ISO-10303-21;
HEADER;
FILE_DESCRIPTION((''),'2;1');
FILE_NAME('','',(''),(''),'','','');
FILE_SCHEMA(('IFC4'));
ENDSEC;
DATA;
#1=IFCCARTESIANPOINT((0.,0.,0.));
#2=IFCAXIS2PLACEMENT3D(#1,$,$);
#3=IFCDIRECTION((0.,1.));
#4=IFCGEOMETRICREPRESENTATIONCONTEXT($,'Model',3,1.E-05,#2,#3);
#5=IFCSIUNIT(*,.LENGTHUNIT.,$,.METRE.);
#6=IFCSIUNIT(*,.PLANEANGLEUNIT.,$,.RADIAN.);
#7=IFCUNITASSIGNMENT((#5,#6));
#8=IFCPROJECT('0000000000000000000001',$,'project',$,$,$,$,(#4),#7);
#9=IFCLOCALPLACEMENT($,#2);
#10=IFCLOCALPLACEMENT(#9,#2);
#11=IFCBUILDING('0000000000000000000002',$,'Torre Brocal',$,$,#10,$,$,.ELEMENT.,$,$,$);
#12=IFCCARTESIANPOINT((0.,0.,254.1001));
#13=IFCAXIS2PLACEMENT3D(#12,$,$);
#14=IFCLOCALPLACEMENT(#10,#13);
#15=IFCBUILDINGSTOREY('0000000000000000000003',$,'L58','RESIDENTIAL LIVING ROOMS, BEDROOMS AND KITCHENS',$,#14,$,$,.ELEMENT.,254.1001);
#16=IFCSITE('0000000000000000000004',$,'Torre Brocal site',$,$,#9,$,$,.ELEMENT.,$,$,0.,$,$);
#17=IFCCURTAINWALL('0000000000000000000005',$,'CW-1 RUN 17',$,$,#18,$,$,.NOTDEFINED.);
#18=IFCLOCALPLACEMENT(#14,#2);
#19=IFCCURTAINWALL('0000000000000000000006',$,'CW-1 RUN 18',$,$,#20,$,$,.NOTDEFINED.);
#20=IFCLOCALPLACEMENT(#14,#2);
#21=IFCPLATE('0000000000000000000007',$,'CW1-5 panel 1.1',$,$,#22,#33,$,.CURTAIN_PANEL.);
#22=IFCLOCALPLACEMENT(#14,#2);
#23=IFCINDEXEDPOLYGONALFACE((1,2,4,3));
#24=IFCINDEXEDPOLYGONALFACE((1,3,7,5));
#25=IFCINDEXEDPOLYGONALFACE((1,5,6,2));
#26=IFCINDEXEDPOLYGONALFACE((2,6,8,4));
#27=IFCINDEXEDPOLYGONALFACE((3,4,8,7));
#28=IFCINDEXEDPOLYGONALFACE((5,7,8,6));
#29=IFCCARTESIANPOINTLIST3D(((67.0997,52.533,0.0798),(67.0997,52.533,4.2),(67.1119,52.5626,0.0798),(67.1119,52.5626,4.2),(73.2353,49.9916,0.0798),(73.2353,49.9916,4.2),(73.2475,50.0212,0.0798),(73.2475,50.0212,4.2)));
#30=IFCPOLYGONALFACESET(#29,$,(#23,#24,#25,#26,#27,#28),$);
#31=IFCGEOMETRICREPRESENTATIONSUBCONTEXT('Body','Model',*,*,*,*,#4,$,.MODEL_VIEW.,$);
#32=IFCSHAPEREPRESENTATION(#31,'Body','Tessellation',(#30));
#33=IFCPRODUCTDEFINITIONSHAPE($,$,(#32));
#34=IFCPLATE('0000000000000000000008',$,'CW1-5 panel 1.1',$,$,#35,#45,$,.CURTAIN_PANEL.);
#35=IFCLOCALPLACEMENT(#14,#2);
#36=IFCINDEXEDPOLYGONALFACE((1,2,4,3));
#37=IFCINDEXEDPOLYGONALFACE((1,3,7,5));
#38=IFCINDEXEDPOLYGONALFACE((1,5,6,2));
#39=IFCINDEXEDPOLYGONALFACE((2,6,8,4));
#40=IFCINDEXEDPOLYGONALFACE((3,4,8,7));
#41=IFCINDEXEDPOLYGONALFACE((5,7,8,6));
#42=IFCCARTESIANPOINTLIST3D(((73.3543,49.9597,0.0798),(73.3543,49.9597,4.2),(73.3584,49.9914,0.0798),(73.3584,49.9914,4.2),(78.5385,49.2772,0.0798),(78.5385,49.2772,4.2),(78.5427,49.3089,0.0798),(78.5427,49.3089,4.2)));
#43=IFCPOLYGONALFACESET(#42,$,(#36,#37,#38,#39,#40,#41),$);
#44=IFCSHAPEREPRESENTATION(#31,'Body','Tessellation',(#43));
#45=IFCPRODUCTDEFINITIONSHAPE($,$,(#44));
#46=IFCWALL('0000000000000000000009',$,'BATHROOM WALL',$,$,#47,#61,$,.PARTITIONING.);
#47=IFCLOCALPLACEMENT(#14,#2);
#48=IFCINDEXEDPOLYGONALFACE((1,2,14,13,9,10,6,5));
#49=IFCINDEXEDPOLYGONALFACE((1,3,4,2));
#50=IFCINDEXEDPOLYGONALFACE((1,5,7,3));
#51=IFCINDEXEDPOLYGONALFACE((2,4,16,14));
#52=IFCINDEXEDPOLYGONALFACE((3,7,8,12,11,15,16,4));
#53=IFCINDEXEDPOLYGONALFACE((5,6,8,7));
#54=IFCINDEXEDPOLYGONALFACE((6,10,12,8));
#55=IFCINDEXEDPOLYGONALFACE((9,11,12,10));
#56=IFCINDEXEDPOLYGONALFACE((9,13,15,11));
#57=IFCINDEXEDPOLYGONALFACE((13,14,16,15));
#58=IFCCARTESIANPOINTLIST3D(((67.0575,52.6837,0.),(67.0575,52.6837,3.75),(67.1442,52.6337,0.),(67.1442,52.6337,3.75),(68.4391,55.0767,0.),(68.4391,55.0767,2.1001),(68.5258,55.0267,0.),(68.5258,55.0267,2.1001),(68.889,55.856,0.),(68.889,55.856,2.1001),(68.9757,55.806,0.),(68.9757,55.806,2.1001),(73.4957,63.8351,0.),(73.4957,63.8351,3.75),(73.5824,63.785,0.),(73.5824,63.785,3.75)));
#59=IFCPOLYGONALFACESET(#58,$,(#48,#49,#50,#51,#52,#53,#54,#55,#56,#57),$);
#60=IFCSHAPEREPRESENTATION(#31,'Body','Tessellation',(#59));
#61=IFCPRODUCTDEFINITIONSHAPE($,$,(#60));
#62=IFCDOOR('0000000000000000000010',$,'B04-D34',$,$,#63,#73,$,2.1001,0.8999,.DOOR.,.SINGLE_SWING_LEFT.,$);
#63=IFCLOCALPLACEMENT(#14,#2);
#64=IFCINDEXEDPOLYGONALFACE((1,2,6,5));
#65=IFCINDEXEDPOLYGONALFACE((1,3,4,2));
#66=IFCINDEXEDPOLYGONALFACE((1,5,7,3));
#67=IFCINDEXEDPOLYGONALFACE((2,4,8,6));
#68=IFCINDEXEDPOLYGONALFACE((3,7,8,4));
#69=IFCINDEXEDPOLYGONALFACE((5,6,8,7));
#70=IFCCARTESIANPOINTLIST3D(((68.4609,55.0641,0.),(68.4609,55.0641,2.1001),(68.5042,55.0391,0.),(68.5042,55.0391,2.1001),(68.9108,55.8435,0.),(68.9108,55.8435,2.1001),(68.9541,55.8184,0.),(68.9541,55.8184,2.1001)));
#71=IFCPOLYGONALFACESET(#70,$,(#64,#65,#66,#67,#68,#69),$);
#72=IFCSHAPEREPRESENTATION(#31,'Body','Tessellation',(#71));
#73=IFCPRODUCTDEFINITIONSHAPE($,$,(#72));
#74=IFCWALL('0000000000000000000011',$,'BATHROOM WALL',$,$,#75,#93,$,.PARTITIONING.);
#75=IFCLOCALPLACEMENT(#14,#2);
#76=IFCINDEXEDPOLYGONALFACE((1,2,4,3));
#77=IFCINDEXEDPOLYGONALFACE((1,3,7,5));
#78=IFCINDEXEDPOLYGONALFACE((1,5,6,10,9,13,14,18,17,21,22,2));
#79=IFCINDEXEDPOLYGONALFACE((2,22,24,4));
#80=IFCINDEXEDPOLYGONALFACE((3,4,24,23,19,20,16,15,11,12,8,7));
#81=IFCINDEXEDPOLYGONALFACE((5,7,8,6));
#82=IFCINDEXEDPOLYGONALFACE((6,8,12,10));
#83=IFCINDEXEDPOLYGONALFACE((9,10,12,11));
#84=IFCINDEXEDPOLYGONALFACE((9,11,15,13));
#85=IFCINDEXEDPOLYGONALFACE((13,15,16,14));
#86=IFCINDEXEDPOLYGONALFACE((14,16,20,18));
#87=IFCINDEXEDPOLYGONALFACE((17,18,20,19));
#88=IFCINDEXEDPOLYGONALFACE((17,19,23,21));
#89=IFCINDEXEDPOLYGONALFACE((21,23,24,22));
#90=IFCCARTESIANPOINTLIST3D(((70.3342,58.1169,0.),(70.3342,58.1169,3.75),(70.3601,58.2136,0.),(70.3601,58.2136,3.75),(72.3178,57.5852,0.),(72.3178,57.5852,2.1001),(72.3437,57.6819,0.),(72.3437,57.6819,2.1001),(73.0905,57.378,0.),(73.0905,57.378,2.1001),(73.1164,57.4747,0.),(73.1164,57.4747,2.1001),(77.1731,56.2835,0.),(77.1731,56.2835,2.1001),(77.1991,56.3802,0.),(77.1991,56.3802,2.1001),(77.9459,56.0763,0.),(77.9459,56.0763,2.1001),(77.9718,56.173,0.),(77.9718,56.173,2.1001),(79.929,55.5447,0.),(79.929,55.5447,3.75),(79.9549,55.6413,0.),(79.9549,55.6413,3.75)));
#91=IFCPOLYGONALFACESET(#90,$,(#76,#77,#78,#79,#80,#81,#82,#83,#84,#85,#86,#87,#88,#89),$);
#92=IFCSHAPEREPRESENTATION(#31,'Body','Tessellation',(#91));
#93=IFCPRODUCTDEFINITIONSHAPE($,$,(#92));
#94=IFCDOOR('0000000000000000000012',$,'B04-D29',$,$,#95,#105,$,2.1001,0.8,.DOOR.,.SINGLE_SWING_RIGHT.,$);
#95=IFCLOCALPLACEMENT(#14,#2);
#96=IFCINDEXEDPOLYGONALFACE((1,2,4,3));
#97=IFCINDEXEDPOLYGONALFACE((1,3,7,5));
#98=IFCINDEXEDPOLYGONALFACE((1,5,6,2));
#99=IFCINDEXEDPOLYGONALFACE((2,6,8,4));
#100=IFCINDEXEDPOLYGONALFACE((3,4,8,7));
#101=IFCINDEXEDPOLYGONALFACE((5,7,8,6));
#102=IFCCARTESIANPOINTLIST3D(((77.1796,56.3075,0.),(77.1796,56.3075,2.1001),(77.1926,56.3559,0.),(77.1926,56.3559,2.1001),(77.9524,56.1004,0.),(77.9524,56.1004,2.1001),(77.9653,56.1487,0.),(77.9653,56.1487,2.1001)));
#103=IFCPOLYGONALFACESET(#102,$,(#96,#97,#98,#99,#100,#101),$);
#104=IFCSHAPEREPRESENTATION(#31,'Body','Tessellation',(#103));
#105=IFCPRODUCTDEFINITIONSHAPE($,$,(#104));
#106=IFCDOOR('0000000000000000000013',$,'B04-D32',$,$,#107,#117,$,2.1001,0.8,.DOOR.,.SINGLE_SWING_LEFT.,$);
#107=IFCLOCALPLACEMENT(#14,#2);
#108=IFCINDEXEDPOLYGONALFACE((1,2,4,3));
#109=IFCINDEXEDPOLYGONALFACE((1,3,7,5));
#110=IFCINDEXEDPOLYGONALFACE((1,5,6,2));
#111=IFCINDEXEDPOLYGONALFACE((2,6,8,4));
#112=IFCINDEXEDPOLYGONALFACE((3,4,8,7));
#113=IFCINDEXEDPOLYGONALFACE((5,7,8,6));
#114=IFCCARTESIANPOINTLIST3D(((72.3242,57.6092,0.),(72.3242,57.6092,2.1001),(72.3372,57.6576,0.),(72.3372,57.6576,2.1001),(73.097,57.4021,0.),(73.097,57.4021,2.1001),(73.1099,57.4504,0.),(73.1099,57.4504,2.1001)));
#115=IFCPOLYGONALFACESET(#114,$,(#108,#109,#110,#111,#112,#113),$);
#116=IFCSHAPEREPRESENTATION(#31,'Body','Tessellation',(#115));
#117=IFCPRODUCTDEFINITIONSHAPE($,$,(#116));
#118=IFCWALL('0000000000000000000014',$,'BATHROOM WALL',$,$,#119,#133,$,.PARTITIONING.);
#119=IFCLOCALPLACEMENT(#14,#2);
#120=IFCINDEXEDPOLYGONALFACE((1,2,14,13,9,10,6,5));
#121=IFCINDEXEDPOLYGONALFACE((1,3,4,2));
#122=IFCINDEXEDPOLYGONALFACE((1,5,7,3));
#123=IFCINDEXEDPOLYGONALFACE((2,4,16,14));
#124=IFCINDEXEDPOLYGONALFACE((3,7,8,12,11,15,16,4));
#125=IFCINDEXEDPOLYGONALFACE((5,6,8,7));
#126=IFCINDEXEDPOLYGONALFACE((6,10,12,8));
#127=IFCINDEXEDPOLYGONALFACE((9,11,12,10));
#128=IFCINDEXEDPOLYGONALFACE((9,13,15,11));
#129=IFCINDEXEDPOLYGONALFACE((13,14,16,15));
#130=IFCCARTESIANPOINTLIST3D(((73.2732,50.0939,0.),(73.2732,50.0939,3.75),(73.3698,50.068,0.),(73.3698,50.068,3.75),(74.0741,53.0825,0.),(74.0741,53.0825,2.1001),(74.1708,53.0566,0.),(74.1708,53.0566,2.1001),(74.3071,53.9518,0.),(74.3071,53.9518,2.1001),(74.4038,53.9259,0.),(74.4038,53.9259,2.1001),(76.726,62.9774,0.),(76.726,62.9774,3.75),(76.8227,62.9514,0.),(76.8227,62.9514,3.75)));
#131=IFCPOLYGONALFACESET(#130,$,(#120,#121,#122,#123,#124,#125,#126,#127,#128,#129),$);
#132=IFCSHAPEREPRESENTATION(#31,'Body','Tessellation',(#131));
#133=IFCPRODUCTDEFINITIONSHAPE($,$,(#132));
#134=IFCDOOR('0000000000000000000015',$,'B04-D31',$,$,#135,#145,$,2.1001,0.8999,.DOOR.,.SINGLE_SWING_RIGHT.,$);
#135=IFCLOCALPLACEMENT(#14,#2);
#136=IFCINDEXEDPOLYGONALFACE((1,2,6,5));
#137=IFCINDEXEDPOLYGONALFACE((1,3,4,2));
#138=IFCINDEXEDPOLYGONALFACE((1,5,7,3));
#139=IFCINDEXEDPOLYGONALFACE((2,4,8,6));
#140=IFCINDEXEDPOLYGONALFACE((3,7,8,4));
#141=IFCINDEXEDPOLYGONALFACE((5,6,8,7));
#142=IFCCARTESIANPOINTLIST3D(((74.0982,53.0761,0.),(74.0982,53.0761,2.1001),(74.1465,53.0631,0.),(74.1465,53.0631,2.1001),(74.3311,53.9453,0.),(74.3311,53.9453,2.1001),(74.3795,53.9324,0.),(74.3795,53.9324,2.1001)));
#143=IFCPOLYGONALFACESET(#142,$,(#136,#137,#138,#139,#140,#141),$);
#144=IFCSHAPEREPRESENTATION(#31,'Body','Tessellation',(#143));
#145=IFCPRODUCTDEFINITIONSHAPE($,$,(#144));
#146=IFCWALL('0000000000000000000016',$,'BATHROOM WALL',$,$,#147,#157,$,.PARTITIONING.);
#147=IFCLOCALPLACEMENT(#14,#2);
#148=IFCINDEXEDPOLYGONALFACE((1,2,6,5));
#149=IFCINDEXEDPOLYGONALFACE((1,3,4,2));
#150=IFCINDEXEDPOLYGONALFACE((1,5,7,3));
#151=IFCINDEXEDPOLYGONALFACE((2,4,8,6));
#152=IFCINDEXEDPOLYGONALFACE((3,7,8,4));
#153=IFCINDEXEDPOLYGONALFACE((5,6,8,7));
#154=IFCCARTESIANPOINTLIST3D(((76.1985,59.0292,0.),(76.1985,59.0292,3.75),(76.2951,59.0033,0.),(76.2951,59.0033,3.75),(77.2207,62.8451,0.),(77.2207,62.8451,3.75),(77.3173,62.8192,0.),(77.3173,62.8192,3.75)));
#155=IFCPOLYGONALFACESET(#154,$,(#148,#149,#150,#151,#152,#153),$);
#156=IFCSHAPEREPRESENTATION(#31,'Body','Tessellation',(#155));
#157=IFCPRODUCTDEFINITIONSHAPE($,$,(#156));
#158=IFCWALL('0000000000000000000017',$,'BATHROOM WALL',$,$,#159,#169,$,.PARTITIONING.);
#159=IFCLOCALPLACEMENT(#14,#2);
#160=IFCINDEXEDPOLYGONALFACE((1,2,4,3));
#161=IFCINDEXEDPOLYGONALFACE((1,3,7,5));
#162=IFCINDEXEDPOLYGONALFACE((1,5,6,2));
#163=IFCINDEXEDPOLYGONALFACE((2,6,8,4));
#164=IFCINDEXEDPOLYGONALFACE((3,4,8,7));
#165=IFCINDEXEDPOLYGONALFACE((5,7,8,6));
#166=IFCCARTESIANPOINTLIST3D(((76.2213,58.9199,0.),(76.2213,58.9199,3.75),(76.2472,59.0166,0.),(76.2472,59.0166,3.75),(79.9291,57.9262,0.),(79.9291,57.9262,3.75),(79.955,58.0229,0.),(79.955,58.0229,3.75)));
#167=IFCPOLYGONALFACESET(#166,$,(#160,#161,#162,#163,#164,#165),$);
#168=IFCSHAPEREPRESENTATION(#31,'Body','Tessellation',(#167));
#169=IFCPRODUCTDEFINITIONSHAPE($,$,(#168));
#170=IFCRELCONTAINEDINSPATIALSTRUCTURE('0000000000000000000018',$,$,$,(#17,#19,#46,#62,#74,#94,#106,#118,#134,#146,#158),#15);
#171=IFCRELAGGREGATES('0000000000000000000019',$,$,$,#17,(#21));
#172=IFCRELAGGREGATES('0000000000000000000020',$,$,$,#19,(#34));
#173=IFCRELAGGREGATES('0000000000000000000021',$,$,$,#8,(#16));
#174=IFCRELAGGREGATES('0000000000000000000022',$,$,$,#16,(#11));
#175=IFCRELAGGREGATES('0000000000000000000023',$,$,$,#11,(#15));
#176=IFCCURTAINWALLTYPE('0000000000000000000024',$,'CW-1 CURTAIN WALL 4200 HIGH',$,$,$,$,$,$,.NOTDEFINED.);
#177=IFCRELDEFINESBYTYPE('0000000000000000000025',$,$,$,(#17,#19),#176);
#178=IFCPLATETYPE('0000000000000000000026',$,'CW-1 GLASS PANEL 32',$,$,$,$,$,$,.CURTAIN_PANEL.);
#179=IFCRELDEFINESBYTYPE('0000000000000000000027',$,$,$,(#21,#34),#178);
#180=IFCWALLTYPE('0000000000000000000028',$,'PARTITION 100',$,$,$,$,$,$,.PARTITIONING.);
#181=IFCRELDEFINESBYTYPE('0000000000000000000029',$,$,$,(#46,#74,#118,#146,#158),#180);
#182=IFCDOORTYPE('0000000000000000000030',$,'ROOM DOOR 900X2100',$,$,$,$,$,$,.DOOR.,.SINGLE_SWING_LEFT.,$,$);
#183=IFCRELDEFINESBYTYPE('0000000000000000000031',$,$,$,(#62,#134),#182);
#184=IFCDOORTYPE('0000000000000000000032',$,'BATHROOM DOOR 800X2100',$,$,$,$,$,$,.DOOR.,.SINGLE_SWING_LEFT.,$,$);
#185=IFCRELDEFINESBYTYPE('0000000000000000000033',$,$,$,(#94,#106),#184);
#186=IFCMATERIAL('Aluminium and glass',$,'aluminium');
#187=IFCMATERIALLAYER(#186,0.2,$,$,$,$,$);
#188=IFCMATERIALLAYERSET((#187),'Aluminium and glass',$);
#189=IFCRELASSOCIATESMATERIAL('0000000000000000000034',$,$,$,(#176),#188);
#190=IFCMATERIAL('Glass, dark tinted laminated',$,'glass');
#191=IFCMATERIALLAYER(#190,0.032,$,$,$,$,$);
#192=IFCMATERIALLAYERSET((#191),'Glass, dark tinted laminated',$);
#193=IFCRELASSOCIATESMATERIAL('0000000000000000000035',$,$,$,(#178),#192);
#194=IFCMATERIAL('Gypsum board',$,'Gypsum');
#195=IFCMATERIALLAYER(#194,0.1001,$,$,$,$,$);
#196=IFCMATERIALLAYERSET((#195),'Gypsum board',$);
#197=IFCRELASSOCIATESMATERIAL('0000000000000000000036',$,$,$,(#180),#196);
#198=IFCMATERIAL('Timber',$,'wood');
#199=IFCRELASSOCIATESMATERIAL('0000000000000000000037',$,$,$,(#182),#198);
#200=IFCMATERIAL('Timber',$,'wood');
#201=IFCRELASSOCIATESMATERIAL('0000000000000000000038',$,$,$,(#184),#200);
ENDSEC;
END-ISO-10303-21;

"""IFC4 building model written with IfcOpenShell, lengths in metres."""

from ifc_helpers import new_model, si_unit, direction, frame, frame_2d, origin, origin_2d, place, context, subcontext, project, spatial, rectangle, extrude, material, layer, layer_set, type_object, element, fill, aggregate, save


model = new_model("IFC4")

# Units and contexts
model_context = context("Model", 3, precision=1e-05, world=origin(), true_north=direction((0.0, 1.0)))
body_context = subcontext(model_context, "Body", "Model", "MODEL_VIEW")
ifc_project = project(units=[si_unit("LENGTHUNIT", "METRE"), si_unit("PLANEANGLEUNIT", "RADIAN")], contexts=[model_context])

# Site, building, storey
site_placement = place(None, origin())
site = spatial("IfcSite", under=ifc_project, at=site_placement, Name="Torre Brocal site", CompositionType="ELEMENT", RefElevation=0.0)
building_placement = place(site_placement, origin())
building = spatial("IfcBuilding", under=site, at=building_placement, Name="Torre Brocal", CompositionType="ELEMENT")
storey_placement = place(building_placement, frame((0.0, 0.0, 254.1001)))
storey = spatial("IfcBuildingStorey", under=building, at=storey_placement, Name="L58", Description="RESIDENTIAL LIVING ROOMS, BEDROOMS AND KITCHENS", CompositionType="ELEMENT", Elevation=254.1001)

# Shared definitions
ifc_material_1 = material(Name="Aluminium and glass", Category="aluminium")
ifc_layer_1 = layer(ifc_material_1, 0.2)
ifc_layer_set_1 = layer_set([ifc_layer_1], Name="Aluminium and glass")
curtain_wall_type = type_object("IfcCurtainWallType", Name="CW-1 CURTAIN WALL 4200 HIGH", PredefinedType="NOTDEFINED", material=ifc_layer_set_1)

# Curtain walls
curtain_wall_1_placement = place(storey_placement, origin())
curtain_wall_1 = element("IfcCurtainWall", 1, at=curtain_wall_1_placement, inside=storey, type_object=curtain_wall_type, Name="CW-1 RUN 17", PredefinedType="NOTDEFINED")
curtain_wall_2_placement = place(storey_placement, origin())
curtain_wall_2 = element("IfcCurtainWall", 2, at=curtain_wall_2_placement, inside=storey, type_object=curtain_wall_type, Name="CW-1 RUN 18", PredefinedType="NOTDEFINED")

# Plates
ifc_material_2 = material(Name="Glass, dark tinted laminated", Category="glass")
ifc_layer_2 = layer(ifc_material_2, 0.032)
ifc_layer_set_2 = layer_set([ifc_layer_2], Name="Glass, dark tinted laminated")
plate_type = type_object("IfcPlateType", Name="CW-1 GLASS PANEL 32", PredefinedType="CURTAIN_PANEL", material=ifc_layer_set_2)
plate_1_placement = place(storey_placement, frame((70.1736, 51.2771, 0.0798), z_axis=(0.0, 0.0, 1.0), x_axis=(0.92388, -0.382683, 0.0)))
plate_1 = element("IfcPlate", 3, at=plate_1_placement, type_object=plate_type, Name="CW1-5 panel 1.1", PredefinedType="CURTAIN_PANEL", context=body_context, shape_type="SweptSolid", body=[
    extrude(rectangle(XDim=6.6411, YDim=0.032, at=origin_2d()), origin(), (0.0, 0.0, 1.0), 4.1201),
])
aggregate(curtain_wall_1, [plate_1])
plate_2_placement = place(storey_placement, frame((75.9485, 49.6343, 0.0798), z_axis=(0.0, 0.0, 1.0), x_axis=(0.991445, -0.130526, 0.0)))
plate_2 = element("IfcPlate", 4, at=plate_2_placement, type_object=plate_type, Name="CW1-5 panel 1.1", PredefinedType="CURTAIN_PANEL", context=body_context, shape_type="SweptSolid", body=[
    extrude(rectangle(XDim=5.229, YDim=0.032, at=origin_2d()), origin(), (0.0, 0.0, 1.0), 4.1201),
])
aggregate(curtain_wall_2, [plate_2])

# Wall, opening, door
ifc_material_3 = material(Name="Gypsum board", Category="Gypsum")
ifc_layer_3 = layer(ifc_material_3, 0.1001)
ifc_layer_set_3 = layer_set([ifc_layer_3], Name="Gypsum board")
wall_type = type_object("IfcWallType", Name="PARTITION 100", PredefinedType="PARTITIONING", material=ifc_layer_set_3)
wall_1_placement = place(storey_placement, frame((67.1008, 52.6587, 0.0), z_axis=(0.0, 0.0, 1.0), x_axis=(0.499999, 0.866026, 0.0)))
wall_1 = element("IfcWall", 5, at=wall_1_placement, inside=storey, type_object=wall_type, Name="BATHROOM WALL", PredefinedType="PARTITIONING", context=body_context, shape_type="SweptSolid", body=[
    extrude(rectangle(XDim=12.8765, YDim=0.1001, at=frame_2d((6.4382, 0.0))), origin(), (0.0, 0.0, 1.0), 3.75),
])
opening_1_placement = place(wall_1_placement, frame((2.7632, 0.0, 0.0)))
opening_1 = element("IfcOpeningElement", 6, at=opening_1_placement, cuts=wall_1, PredefinedType="OPENING", context=body_context, shape_type="SweptSolid", body=[
    extrude(rectangle(XDim=0.8999, YDim=2.1001, at=frame_2d((0.45, 1.05))), frame((0.0, 0.0601, 0.0), z_axis=(0.0, -1.0, 0.0), x_axis=(1.0, 0.0, 0.0)), (0.0, 0.0, 1.0), 0.1201),
])
ifc_material_4 = material(Name="Timber", Category="wood")
door_type_1 = type_object("IfcDoorType", Name="ROOM DOOR 900X2100", OperationType="SINGLE_SWING_LEFT", PredefinedType="DOOR", material=ifc_material_4)
door_1_placement = place(opening_1_placement, origin())
door_1 = element("IfcDoor", 7, at=door_1_placement, inside=storey, type_object=door_type_1, Name="B04-D34", OperationType="SINGLE_SWING_LEFT", OverallHeight=2.1001, OverallWidth=0.8999, PredefinedType="DOOR", context=body_context, shape_type="SweptSolid", body=[
    extrude(rectangle(XDim=0.8999, YDim=2.1001, at=frame_2d((0.45, 1.05))), frame((0.0, 0.0249, 0.0), z_axis=(0.0, -1.0, 0.0), x_axis=(1.0, 0.0, 0.0)), (0.0, 0.0, 1.0), 0.05),
])
fill(opening_1, door_1)

# Wall, openings, doors
wall_2_placement = place(storey_placement, frame((70.3472, 58.1653, 0.0), z_axis=(0.0, 0.0, 1.0), x_axis=(0.965891, -0.258947, 0.0)))
wall_2 = element("IfcWall", 8, at=wall_2_placement, inside=storey, type_object=wall_type, Name="BATHROOM WALL", PredefinedType="PARTITIONING", context=body_context, shape_type="SweptSolid", body=[
    extrude(rectangle(XDim=9.9336, YDim=0.1001, at=frame_2d((4.9668, 0.0))), origin(), (0.0, 0.0, 1.0), 3.75),
])
opening_2_placement = place(wall_2_placement, frame((7.0806, 0.0, 0.0)))
opening_2 = element("IfcOpeningElement", 9, at=opening_2_placement, cuts=wall_2, PredefinedType="OPENING", context=body_context, shape_type="SweptSolid", body=[
    extrude(rectangle(XDim=0.8, YDim=2.1001, at=frame_2d((0.3999, 1.05))), frame((0.0, 0.0601, 0.0), z_axis=(0.0, -1.0, 0.0), x_axis=(1.0, 0.0, 0.0)), (0.0, 0.0, 1.0), 0.1201),
])
opening_3_placement = place(wall_2_placement, frame((2.0537, 0.0, 0.0)))
opening_3 = element("IfcOpeningElement", 10, at=opening_3_placement, cuts=wall_2, PredefinedType="OPENING", context=body_context, shape_type="SweptSolid", body=[
    extrude(rectangle(XDim=0.8, YDim=2.1001, at=frame_2d((0.3999, 1.05))), frame((0.0, 0.0601, 0.0), z_axis=(0.0, -1.0, 0.0), x_axis=(1.0, 0.0, 0.0)), (0.0, 0.0, 1.0), 0.1201),
])
ifc_material_5 = material(Name="Timber", Category="wood")
door_type_2 = type_object("IfcDoorType", Name="BATHROOM DOOR 800X2100", OperationType="SINGLE_SWING_LEFT", PredefinedType="DOOR", material=ifc_material_5)
door_2_placement = place(opening_2_placement, origin())
door_2 = element("IfcDoor", 11, at=door_2_placement, inside=storey, type_object=door_type_2, Name="B04-D29", OperationType="SINGLE_SWING_RIGHT", OverallHeight=2.1001, OverallWidth=0.8, PredefinedType="DOOR", context=body_context, shape_type="SweptSolid", body=[
    extrude(rectangle(XDim=0.8, YDim=2.1001, at=frame_2d((0.3999, 1.05))), frame((0.0, 0.0249, 0.0), z_axis=(0.0, -1.0, 0.0), x_axis=(1.0, 0.0, 0.0)), (0.0, 0.0, 1.0), 0.05),
])
fill(opening_2, door_2)
door_3_placement = place(opening_3_placement, origin())
door_3 = element("IfcDoor", 12, at=door_3_placement, inside=storey, type_object=door_type_2, Name="B04-D32", OperationType="SINGLE_SWING_LEFT", OverallHeight=2.1001, OverallWidth=0.8, PredefinedType="DOOR", context=body_context, shape_type="SweptSolid", body=[
    extrude(rectangle(XDim=0.8, YDim=2.1001, at=frame_2d((0.3999, 1.05))), frame((0.0, 0.0249, 0.0), z_axis=(0.0, -1.0, 0.0), x_axis=(1.0, 0.0, 0.0)), (0.0, 0.0, 1.0), 0.05),
])
fill(opening_3, door_3)

# Wall, opening, door
wall_3_placement = place(storey_placement, frame((73.3215, 50.0811, 0.0), z_axis=(0.0, 0.0, 1.0), x_axis=(0.258871, 0.965912, 0.0)))
wall_3 = element("IfcWall", 13, at=wall_3_placement, inside=storey, type_object=wall_type, Name="BATHROOM WALL", PredefinedType="PARTITIONING", context=body_context, shape_type="SweptSolid", body=[
    extrude(rectangle(XDim=13.3381, YDim=0.1001, at=frame_2d((6.6689, 0.0))), origin(), (0.0, 0.0, 1.0), 3.75),
])
opening_4_placement = place(wall_3_placement, frame((3.094, 0.0, 0.0)))
opening_4 = element("IfcOpeningElement", 14, at=opening_4_placement, cuts=wall_3, PredefinedType="OPENING", context=body_context, shape_type="SweptSolid", body=[
    extrude(rectangle(XDim=0.8999, YDim=2.1001, at=frame_2d((0.45, 1.05))), frame((0.0, 0.0601, 0.0), z_axis=(0.0, -1.0, 0.0), x_axis=(1.0, 0.0, 0.0)), (0.0, 0.0, 1.0), 0.1201),
])
door_4_placement = place(opening_4_placement, frame((0.8999, 0.0, 0.0), z_axis=(0.0, 0.0, 1.0), x_axis=(-1.0, 0.0, 0.0)))
door_4 = element("IfcDoor", 15, at=door_4_placement, inside=storey, type_object=door_type_1, Name="B04-D31", OperationType="SINGLE_SWING_RIGHT", OverallHeight=2.1001, OverallWidth=0.8999, PredefinedType="DOOR", context=body_context, shape_type="SweptSolid", body=[
    extrude(rectangle(XDim=0.8999, YDim=2.1001, at=frame_2d((0.45, 1.05))), frame((0.0, 0.0249, 0.0), z_axis=(0.0, -1.0, 0.0), x_axis=(1.0, 0.0, 0.0)), (0.0, 0.0, 1.0), 0.05),
])
fill(opening_4, door_4)

# Walls
wall_4_placement = place(storey_placement, frame((76.2468, 59.0164, 0.0), z_axis=(0.0, 0.0, 1.0), x_axis=(0.258759, 0.965942, 0.0)))
element("IfcWall", 16, at=wall_4_placement, inside=storey, type_object=wall_type, Name="BATHROOM WALL", PredefinedType="PARTITIONING", context=body_context, shape_type="SweptSolid", body=[
    extrude(rectangle(XDim=3.9504, YDim=0.1001, at=frame_2d((1.9751, 0.0))), origin(), (0.0, 0.0, 1.0), 3.75),
])
wall_5_placement = place(storey_placement, frame((76.2341, 58.9683, 0.0), z_axis=(0.0, 0.0, 1.0), x_axis=(0.965915, -0.258858, 0.0)))
element("IfcWall", 17, at=wall_5_placement, inside=storey, type_object=wall_type, Name="BATHROOM WALL", PredefinedType="PARTITIONING", context=body_context, shape_type="SweptSolid", body=[
    extrude(rectangle(XDim=3.8386, YDim=0.1001, at=frame_2d((1.9194, 0.0))), origin(), (0.0, 0.0, 1.0), 3.75),
])

save(model, "model.ifc")
